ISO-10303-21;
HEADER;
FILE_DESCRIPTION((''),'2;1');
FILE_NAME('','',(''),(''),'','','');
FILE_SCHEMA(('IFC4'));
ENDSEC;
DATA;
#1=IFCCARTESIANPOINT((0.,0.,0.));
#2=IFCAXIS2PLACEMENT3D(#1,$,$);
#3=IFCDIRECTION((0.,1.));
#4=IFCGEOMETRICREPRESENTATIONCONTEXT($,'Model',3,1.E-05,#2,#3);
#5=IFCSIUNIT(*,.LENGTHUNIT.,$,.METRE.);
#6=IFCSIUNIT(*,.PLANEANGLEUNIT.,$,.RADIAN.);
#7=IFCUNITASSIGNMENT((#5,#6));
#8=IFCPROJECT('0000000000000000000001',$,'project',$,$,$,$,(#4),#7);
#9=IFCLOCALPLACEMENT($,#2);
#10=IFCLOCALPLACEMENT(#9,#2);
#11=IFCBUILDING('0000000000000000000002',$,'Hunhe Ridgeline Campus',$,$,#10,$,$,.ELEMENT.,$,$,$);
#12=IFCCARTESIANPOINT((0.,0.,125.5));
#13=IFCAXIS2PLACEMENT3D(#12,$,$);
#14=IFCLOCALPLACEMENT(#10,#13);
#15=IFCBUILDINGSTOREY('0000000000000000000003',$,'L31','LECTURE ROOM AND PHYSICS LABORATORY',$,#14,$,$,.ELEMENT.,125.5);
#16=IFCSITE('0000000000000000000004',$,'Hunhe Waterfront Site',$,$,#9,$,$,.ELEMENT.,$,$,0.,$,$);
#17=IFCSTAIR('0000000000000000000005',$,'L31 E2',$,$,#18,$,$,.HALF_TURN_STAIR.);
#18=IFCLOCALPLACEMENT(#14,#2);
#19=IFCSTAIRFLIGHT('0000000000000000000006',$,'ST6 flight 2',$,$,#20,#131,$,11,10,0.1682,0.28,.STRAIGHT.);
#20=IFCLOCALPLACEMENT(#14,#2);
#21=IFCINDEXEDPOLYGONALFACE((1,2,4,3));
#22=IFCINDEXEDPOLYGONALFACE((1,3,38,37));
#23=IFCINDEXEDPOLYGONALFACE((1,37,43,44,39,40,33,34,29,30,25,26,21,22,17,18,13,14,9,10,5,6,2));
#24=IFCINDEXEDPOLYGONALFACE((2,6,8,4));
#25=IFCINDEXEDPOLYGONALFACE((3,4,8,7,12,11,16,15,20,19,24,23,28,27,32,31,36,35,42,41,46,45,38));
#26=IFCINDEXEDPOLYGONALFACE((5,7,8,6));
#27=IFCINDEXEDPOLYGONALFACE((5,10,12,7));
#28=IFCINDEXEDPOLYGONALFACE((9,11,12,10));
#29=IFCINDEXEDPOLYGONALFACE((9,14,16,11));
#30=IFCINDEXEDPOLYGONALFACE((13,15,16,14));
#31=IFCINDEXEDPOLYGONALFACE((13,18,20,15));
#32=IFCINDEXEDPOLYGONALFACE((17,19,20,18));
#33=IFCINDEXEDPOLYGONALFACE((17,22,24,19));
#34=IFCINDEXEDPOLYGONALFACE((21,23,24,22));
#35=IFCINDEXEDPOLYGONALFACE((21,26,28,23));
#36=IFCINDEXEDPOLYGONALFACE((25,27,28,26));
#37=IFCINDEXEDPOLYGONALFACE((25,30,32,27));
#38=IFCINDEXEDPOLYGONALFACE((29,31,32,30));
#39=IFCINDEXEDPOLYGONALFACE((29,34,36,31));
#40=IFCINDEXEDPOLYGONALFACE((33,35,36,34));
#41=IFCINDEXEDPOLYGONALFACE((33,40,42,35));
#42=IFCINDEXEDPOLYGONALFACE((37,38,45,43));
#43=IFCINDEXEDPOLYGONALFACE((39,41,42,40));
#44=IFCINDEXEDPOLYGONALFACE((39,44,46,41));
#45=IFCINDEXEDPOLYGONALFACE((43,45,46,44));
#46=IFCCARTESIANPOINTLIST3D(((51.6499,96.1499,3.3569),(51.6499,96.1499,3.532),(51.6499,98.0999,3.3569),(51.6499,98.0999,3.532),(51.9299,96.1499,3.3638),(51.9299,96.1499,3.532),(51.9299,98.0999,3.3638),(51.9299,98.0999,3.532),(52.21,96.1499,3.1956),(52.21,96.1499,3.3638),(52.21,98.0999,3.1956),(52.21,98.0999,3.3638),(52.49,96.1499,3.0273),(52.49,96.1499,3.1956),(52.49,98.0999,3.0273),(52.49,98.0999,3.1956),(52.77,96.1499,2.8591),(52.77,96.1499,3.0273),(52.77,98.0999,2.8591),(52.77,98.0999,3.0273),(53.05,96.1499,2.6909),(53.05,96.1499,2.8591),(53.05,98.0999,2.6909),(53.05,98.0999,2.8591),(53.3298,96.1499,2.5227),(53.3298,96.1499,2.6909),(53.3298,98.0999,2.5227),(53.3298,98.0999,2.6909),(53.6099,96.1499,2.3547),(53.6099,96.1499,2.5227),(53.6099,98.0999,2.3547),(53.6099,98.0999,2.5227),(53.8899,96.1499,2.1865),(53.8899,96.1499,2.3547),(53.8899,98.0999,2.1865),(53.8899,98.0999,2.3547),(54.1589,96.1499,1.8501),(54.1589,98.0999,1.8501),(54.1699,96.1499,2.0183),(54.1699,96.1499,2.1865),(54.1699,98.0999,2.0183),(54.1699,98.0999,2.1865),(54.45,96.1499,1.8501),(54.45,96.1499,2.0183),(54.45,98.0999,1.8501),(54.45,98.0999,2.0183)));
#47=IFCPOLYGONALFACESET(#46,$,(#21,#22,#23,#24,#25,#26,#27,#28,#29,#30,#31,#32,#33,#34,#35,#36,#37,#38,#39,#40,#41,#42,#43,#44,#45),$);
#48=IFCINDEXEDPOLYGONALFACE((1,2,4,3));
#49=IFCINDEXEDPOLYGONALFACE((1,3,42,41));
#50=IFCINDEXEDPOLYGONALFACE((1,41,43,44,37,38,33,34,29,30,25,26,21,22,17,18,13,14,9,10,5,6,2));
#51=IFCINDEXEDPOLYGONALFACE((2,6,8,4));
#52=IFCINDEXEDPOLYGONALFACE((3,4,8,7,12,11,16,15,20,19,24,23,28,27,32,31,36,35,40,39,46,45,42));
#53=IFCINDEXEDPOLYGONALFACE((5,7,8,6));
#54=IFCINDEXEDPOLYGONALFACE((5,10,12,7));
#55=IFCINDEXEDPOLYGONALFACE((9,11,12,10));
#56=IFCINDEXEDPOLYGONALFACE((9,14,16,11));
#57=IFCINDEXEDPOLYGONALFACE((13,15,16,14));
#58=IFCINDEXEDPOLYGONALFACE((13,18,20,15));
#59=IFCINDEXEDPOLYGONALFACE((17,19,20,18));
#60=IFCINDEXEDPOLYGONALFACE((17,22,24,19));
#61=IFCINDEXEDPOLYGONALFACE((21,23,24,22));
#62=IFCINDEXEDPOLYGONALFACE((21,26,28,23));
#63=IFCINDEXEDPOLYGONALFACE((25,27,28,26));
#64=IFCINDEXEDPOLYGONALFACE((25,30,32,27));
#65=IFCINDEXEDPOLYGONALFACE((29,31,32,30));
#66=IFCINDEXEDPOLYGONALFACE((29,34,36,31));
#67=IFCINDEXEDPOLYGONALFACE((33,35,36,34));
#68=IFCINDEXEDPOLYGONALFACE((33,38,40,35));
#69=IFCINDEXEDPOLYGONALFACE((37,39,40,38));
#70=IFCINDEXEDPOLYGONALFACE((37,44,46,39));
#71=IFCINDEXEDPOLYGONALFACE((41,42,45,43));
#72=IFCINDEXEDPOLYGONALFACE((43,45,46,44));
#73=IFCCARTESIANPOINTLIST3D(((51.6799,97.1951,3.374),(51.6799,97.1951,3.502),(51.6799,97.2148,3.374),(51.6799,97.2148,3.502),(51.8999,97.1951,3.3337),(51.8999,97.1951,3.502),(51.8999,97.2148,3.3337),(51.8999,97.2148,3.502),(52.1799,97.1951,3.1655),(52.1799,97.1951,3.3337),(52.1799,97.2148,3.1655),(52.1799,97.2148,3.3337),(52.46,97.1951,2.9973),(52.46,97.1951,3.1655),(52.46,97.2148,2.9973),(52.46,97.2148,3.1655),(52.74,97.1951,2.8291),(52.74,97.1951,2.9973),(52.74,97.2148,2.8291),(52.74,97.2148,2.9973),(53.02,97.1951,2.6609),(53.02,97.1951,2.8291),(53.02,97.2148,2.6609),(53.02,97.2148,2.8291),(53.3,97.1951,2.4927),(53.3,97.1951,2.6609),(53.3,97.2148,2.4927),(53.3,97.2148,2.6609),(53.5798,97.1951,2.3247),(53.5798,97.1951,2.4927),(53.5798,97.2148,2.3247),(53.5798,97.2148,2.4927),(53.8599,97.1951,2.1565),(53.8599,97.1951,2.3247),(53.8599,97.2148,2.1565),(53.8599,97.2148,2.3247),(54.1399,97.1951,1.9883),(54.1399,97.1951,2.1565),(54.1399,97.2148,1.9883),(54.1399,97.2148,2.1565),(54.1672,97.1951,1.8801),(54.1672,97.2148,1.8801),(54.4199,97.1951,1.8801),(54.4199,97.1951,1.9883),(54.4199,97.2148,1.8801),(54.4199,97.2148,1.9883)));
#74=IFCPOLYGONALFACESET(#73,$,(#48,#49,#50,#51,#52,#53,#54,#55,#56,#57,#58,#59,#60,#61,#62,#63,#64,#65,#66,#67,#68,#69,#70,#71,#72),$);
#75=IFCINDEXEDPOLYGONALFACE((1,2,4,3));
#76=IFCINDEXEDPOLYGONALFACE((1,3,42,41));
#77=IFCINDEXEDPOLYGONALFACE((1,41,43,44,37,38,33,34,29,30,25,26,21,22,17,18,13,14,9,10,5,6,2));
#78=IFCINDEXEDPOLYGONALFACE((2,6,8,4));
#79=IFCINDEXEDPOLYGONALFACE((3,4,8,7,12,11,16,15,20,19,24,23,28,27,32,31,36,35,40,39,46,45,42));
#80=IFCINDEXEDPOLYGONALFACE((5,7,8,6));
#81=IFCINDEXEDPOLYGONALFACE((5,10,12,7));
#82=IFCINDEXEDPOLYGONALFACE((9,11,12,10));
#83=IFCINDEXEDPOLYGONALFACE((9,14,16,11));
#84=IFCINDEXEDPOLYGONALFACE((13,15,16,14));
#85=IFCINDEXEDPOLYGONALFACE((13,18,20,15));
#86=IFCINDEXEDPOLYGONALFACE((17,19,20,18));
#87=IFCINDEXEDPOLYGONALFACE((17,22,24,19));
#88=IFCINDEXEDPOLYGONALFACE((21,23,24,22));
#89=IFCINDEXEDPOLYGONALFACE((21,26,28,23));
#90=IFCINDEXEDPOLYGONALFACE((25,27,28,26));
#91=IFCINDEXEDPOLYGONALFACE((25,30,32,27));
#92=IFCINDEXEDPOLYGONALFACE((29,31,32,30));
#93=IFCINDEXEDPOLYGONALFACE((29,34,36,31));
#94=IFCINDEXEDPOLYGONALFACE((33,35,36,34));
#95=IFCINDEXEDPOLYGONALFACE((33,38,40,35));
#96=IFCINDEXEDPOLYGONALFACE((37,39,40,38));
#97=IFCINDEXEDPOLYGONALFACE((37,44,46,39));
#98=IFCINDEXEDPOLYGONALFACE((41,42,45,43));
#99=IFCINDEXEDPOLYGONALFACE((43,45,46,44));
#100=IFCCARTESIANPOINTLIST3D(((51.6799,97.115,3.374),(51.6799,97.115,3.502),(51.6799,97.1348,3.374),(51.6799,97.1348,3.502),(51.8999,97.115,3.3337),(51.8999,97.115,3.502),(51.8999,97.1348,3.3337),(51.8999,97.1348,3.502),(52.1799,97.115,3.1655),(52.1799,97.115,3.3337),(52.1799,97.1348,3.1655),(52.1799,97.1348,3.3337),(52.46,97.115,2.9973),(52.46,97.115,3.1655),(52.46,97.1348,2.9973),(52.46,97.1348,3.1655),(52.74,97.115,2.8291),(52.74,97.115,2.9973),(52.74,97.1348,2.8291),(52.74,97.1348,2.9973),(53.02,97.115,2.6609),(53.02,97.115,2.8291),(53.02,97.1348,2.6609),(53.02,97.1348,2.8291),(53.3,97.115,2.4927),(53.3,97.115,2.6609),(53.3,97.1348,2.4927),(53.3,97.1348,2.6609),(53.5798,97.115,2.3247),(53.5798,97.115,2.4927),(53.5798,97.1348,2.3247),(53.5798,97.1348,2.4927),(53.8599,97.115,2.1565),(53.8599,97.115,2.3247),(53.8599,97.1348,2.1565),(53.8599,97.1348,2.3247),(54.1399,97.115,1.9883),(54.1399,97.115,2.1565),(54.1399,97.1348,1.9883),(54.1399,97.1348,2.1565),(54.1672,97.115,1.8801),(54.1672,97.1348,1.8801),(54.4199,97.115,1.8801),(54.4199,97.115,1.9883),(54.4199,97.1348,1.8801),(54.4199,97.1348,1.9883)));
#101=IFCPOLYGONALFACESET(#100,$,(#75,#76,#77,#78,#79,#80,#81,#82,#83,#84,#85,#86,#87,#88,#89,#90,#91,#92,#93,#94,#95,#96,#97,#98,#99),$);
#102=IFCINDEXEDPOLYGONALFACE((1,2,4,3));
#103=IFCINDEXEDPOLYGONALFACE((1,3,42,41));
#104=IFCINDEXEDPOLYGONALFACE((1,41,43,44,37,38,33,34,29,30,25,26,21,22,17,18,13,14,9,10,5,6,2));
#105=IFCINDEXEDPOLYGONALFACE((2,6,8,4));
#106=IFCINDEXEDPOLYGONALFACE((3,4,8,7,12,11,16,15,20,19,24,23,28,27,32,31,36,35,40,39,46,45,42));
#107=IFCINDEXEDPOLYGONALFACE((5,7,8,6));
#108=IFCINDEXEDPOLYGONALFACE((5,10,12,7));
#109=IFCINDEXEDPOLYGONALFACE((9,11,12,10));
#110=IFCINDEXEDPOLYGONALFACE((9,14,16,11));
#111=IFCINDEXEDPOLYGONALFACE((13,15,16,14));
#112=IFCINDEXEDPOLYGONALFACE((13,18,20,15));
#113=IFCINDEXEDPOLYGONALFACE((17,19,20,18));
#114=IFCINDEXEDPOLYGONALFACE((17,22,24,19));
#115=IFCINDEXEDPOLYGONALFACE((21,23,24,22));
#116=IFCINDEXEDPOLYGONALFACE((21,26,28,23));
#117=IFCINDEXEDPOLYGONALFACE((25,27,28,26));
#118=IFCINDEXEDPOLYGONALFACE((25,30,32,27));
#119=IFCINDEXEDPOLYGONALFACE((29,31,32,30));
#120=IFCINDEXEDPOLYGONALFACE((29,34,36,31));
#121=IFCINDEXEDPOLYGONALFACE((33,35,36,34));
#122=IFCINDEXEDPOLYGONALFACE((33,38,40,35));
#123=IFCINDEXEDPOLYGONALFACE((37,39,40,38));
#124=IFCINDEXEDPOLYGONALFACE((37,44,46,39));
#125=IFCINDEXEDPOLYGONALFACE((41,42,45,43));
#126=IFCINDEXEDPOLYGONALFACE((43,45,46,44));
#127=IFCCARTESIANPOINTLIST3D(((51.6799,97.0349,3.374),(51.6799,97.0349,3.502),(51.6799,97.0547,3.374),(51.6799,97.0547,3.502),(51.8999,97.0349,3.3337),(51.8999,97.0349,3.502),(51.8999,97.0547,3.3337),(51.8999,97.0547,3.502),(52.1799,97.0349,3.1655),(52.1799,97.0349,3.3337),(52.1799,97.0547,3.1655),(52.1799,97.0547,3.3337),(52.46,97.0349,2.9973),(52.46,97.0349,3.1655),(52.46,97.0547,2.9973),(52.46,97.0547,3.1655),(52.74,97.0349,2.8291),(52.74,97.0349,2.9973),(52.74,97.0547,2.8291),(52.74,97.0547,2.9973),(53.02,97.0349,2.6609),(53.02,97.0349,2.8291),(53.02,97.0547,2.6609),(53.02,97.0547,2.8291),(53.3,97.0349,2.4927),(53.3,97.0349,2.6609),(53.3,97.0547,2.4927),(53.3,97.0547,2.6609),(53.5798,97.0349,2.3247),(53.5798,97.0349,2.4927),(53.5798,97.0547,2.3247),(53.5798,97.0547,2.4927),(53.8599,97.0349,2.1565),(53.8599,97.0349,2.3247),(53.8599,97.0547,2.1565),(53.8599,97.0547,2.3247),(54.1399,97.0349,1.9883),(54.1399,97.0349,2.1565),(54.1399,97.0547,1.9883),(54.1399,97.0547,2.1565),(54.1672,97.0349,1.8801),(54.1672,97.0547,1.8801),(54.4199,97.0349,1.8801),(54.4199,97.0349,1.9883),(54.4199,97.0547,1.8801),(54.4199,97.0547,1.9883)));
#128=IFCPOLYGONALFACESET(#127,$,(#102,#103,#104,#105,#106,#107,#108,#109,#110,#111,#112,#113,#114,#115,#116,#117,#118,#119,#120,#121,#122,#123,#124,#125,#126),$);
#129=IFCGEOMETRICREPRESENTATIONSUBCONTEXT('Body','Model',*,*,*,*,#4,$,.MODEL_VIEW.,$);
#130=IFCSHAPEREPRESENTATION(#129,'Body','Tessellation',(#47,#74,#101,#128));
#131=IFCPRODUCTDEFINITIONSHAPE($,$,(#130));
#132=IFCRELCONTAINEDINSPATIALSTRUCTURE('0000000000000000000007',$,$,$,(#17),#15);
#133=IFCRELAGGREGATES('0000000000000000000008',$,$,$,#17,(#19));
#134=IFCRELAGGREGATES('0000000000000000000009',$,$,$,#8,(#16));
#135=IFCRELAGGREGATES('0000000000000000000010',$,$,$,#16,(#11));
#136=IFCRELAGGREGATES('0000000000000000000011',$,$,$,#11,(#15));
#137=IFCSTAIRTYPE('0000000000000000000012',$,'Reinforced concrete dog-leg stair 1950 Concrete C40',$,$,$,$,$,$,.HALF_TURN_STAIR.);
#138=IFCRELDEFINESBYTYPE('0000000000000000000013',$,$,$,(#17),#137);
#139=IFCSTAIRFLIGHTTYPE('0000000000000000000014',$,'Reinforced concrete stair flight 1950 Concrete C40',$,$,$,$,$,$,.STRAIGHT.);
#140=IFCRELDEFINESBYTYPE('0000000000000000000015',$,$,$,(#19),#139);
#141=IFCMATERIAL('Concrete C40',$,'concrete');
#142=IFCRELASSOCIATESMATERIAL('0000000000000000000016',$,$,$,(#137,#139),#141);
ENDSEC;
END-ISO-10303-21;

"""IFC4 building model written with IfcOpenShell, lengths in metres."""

from ifc_helpers import new_model, si_unit, direction, frame, origin, place, context, subcontext, project, spatial, polyline, outline, extrude, material, type_object, element, aggregate, save


model = new_model("IFC4")

# Units and contexts
model_context = context("Model", 3, precision=1e-05, world=origin(), true_north=direction((0.0, 1.0)))
body_context = subcontext(model_context, "Body", "Model", "MODEL_VIEW")
ifc_project = project(units=[si_unit("LENGTHUNIT", "METRE"), si_unit("PLANEANGLEUNIT", "RADIAN")], contexts=[model_context])

# Site, building, storey
site_placement = place(None, origin())
site = spatial("IfcSite", under=ifc_project, at=site_placement, Name="Hunhe Waterfront Site", CompositionType="ELEMENT", RefElevation=0.0)
building_placement = place(site_placement, origin())
building = spatial("IfcBuilding", under=site, at=building_placement, Name="Hunhe Ridgeline Campus", CompositionType="ELEMENT")
storey_placement = place(building_placement, frame((0.0, 0.0, 125.5)))
storey = spatial("IfcBuildingStorey", under=building, at=storey_placement, Name="L31", Description="LECTURE ROOM AND PHYSICS LABORATORY", CompositionType="ELEMENT", Elevation=125.5)

# Stair, stair flight
ifc_material_1 = material(Name="Concrete C40", Category="concrete")
stair_type = type_object("IfcStairType", Name="Reinforced concrete dog-leg stair 1950 Concrete C40", PredefinedType="HALF_TURN_STAIR", material=ifc_material_1)
stair_1_placement = place(storey_placement, origin())
stair_1 = element("IfcStair", 1, at=stair_1_placement, inside=storey, type_object=stair_type, Name="L31 E2", PredefinedType="HALF_TURN_STAIR")
stair_flight_type = type_object("IfcStairFlightType", Name="Reinforced concrete stair flight 1950 Concrete C40", PredefinedType="STRAIGHT", material=ifc_material_1)
stair_flight_1_placement = place(storey_placement, frame((54.45, 97.125, 1.8501), z_axis=(0.0, 0.0, 1.0), x_axis=(-1.0, 0.0, 0.0)))
stair_flight_1 = element("IfcStairFlight", 2, at=stair_flight_1_placement, type_object=stair_flight_type, Name="ST6 flight 2", NumberOfRisers=11, NumberOfTreads=10, PredefinedType="STRAIGHT", RiserHeight=0.1682, TreadLength=0.28, context=body_context, shape_type="SweptSolid", body=[
    extrude(outline(polyline([(0.0, 0.0), (0.0, 0.1682), (0.28, 0.1682), (0.28, 0.3364), (0.5601, 0.3364), (0.5601, 0.5046), (0.8401, 0.5046), (0.8401, 0.6726), (1.1201, 0.6726), (1.1201, 0.8408), (1.3999, 0.8408), (1.3999, 1.009), (1.6799, 1.009), (1.6799, 1.1772), (1.96, 1.1772), (1.96, 1.3455), (2.24, 1.3455), (2.24, 1.5137), (2.52, 1.5137), (2.52, 1.6819), (2.8, 1.6819), (2.8, 1.8501), (2.8, 1.5068), (0.291, 0.0), (0.0, 0.0)])), frame((0.0, 0.9751, 0.0), z_axis=(0.0, -1.0, 0.0), x_axis=(1.0, 0.0, 0.0)), (0.0, 0.0, 1.0), 1.95),
    extrude(outline(polyline([(0.03, 0.03), (0.03, 0.1382), (0.3101, 0.1382), (0.3101, 0.3064), (0.5901, 0.3064), (0.5901, 0.4746), (0.8701, 0.4746), (0.8701, 0.6426), (1.1499, 0.6426), (1.1499, 0.8108), (1.4299, 0.8108), (1.4299, 0.979), (1.71, 0.979), (1.71, 1.1472), (1.99, 1.1472), (1.99, 1.3154), (2.27, 1.3154), (2.27, 1.4836), (2.55, 1.4836), (2.55, 1.6519), (2.77, 1.6519), (2.77, 1.5239), (0.2827, 0.03), (0.03, 0.03)])), frame((0.0, -0.0701, 0.0), z_axis=(0.0, -1.0, 0.0), x_axis=(1.0, 0.0, 0.0)), (0.0, 0.0, 1.0), 0.0198),
    extrude(outline(polyline([(0.03, 0.03), (0.03, 0.1382), (0.3101, 0.1382), (0.3101, 0.3064), (0.5901, 0.3064), (0.5901, 0.4746), (0.8701, 0.4746), (0.8701, 0.6426), (1.1499, 0.6426), (1.1499, 0.8108), (1.4299, 0.8108), (1.4299, 0.979), (1.71, 0.979), (1.71, 1.1472), (1.99, 1.1472), (1.99, 1.3154), (2.27, 1.3154), (2.27, 1.4836), (2.55, 1.4836), (2.55, 1.6519), (2.77, 1.6519), (2.77, 1.5239), (0.2827, 0.03), (0.03, 0.03)])), frame((0.0, 0.01, 0.0), z_axis=(0.0, -1.0, 0.0), x_axis=(1.0, 0.0, 0.0)), (0.0, 0.0, 1.0), 0.0198),
    extrude(outline(polyline([(0.03, 0.03), (0.03, 0.1382), (0.3101, 0.1382), (0.3101, 0.3064), (0.5901, 0.3064), (0.5901, 0.4746), (0.8701, 0.4746), (0.8701, 0.6426), (1.1499, 0.6426), (1.1499, 0.8108), (1.4299, 0.8108), (1.4299, 0.979), (1.71, 0.979), (1.71, 1.1472), (1.99, 1.1472), (1.99, 1.3154), (2.27, 1.3154), (2.27, 1.4836), (2.55, 1.4836), (2.55, 1.6519), (2.77, 1.6519), (2.77, 1.5239), (0.2827, 0.03), (0.03, 0.03)])), frame((0.0, 0.0901, 0.0), z_axis=(0.0, -1.0, 0.0), x_axis=(1.0, 0.0, 0.0)), (0.0, 0.0, 1.0), 0.0198),
])
aggregate(stair_1, [stair_flight_1])

save(model, "model.ifc")
